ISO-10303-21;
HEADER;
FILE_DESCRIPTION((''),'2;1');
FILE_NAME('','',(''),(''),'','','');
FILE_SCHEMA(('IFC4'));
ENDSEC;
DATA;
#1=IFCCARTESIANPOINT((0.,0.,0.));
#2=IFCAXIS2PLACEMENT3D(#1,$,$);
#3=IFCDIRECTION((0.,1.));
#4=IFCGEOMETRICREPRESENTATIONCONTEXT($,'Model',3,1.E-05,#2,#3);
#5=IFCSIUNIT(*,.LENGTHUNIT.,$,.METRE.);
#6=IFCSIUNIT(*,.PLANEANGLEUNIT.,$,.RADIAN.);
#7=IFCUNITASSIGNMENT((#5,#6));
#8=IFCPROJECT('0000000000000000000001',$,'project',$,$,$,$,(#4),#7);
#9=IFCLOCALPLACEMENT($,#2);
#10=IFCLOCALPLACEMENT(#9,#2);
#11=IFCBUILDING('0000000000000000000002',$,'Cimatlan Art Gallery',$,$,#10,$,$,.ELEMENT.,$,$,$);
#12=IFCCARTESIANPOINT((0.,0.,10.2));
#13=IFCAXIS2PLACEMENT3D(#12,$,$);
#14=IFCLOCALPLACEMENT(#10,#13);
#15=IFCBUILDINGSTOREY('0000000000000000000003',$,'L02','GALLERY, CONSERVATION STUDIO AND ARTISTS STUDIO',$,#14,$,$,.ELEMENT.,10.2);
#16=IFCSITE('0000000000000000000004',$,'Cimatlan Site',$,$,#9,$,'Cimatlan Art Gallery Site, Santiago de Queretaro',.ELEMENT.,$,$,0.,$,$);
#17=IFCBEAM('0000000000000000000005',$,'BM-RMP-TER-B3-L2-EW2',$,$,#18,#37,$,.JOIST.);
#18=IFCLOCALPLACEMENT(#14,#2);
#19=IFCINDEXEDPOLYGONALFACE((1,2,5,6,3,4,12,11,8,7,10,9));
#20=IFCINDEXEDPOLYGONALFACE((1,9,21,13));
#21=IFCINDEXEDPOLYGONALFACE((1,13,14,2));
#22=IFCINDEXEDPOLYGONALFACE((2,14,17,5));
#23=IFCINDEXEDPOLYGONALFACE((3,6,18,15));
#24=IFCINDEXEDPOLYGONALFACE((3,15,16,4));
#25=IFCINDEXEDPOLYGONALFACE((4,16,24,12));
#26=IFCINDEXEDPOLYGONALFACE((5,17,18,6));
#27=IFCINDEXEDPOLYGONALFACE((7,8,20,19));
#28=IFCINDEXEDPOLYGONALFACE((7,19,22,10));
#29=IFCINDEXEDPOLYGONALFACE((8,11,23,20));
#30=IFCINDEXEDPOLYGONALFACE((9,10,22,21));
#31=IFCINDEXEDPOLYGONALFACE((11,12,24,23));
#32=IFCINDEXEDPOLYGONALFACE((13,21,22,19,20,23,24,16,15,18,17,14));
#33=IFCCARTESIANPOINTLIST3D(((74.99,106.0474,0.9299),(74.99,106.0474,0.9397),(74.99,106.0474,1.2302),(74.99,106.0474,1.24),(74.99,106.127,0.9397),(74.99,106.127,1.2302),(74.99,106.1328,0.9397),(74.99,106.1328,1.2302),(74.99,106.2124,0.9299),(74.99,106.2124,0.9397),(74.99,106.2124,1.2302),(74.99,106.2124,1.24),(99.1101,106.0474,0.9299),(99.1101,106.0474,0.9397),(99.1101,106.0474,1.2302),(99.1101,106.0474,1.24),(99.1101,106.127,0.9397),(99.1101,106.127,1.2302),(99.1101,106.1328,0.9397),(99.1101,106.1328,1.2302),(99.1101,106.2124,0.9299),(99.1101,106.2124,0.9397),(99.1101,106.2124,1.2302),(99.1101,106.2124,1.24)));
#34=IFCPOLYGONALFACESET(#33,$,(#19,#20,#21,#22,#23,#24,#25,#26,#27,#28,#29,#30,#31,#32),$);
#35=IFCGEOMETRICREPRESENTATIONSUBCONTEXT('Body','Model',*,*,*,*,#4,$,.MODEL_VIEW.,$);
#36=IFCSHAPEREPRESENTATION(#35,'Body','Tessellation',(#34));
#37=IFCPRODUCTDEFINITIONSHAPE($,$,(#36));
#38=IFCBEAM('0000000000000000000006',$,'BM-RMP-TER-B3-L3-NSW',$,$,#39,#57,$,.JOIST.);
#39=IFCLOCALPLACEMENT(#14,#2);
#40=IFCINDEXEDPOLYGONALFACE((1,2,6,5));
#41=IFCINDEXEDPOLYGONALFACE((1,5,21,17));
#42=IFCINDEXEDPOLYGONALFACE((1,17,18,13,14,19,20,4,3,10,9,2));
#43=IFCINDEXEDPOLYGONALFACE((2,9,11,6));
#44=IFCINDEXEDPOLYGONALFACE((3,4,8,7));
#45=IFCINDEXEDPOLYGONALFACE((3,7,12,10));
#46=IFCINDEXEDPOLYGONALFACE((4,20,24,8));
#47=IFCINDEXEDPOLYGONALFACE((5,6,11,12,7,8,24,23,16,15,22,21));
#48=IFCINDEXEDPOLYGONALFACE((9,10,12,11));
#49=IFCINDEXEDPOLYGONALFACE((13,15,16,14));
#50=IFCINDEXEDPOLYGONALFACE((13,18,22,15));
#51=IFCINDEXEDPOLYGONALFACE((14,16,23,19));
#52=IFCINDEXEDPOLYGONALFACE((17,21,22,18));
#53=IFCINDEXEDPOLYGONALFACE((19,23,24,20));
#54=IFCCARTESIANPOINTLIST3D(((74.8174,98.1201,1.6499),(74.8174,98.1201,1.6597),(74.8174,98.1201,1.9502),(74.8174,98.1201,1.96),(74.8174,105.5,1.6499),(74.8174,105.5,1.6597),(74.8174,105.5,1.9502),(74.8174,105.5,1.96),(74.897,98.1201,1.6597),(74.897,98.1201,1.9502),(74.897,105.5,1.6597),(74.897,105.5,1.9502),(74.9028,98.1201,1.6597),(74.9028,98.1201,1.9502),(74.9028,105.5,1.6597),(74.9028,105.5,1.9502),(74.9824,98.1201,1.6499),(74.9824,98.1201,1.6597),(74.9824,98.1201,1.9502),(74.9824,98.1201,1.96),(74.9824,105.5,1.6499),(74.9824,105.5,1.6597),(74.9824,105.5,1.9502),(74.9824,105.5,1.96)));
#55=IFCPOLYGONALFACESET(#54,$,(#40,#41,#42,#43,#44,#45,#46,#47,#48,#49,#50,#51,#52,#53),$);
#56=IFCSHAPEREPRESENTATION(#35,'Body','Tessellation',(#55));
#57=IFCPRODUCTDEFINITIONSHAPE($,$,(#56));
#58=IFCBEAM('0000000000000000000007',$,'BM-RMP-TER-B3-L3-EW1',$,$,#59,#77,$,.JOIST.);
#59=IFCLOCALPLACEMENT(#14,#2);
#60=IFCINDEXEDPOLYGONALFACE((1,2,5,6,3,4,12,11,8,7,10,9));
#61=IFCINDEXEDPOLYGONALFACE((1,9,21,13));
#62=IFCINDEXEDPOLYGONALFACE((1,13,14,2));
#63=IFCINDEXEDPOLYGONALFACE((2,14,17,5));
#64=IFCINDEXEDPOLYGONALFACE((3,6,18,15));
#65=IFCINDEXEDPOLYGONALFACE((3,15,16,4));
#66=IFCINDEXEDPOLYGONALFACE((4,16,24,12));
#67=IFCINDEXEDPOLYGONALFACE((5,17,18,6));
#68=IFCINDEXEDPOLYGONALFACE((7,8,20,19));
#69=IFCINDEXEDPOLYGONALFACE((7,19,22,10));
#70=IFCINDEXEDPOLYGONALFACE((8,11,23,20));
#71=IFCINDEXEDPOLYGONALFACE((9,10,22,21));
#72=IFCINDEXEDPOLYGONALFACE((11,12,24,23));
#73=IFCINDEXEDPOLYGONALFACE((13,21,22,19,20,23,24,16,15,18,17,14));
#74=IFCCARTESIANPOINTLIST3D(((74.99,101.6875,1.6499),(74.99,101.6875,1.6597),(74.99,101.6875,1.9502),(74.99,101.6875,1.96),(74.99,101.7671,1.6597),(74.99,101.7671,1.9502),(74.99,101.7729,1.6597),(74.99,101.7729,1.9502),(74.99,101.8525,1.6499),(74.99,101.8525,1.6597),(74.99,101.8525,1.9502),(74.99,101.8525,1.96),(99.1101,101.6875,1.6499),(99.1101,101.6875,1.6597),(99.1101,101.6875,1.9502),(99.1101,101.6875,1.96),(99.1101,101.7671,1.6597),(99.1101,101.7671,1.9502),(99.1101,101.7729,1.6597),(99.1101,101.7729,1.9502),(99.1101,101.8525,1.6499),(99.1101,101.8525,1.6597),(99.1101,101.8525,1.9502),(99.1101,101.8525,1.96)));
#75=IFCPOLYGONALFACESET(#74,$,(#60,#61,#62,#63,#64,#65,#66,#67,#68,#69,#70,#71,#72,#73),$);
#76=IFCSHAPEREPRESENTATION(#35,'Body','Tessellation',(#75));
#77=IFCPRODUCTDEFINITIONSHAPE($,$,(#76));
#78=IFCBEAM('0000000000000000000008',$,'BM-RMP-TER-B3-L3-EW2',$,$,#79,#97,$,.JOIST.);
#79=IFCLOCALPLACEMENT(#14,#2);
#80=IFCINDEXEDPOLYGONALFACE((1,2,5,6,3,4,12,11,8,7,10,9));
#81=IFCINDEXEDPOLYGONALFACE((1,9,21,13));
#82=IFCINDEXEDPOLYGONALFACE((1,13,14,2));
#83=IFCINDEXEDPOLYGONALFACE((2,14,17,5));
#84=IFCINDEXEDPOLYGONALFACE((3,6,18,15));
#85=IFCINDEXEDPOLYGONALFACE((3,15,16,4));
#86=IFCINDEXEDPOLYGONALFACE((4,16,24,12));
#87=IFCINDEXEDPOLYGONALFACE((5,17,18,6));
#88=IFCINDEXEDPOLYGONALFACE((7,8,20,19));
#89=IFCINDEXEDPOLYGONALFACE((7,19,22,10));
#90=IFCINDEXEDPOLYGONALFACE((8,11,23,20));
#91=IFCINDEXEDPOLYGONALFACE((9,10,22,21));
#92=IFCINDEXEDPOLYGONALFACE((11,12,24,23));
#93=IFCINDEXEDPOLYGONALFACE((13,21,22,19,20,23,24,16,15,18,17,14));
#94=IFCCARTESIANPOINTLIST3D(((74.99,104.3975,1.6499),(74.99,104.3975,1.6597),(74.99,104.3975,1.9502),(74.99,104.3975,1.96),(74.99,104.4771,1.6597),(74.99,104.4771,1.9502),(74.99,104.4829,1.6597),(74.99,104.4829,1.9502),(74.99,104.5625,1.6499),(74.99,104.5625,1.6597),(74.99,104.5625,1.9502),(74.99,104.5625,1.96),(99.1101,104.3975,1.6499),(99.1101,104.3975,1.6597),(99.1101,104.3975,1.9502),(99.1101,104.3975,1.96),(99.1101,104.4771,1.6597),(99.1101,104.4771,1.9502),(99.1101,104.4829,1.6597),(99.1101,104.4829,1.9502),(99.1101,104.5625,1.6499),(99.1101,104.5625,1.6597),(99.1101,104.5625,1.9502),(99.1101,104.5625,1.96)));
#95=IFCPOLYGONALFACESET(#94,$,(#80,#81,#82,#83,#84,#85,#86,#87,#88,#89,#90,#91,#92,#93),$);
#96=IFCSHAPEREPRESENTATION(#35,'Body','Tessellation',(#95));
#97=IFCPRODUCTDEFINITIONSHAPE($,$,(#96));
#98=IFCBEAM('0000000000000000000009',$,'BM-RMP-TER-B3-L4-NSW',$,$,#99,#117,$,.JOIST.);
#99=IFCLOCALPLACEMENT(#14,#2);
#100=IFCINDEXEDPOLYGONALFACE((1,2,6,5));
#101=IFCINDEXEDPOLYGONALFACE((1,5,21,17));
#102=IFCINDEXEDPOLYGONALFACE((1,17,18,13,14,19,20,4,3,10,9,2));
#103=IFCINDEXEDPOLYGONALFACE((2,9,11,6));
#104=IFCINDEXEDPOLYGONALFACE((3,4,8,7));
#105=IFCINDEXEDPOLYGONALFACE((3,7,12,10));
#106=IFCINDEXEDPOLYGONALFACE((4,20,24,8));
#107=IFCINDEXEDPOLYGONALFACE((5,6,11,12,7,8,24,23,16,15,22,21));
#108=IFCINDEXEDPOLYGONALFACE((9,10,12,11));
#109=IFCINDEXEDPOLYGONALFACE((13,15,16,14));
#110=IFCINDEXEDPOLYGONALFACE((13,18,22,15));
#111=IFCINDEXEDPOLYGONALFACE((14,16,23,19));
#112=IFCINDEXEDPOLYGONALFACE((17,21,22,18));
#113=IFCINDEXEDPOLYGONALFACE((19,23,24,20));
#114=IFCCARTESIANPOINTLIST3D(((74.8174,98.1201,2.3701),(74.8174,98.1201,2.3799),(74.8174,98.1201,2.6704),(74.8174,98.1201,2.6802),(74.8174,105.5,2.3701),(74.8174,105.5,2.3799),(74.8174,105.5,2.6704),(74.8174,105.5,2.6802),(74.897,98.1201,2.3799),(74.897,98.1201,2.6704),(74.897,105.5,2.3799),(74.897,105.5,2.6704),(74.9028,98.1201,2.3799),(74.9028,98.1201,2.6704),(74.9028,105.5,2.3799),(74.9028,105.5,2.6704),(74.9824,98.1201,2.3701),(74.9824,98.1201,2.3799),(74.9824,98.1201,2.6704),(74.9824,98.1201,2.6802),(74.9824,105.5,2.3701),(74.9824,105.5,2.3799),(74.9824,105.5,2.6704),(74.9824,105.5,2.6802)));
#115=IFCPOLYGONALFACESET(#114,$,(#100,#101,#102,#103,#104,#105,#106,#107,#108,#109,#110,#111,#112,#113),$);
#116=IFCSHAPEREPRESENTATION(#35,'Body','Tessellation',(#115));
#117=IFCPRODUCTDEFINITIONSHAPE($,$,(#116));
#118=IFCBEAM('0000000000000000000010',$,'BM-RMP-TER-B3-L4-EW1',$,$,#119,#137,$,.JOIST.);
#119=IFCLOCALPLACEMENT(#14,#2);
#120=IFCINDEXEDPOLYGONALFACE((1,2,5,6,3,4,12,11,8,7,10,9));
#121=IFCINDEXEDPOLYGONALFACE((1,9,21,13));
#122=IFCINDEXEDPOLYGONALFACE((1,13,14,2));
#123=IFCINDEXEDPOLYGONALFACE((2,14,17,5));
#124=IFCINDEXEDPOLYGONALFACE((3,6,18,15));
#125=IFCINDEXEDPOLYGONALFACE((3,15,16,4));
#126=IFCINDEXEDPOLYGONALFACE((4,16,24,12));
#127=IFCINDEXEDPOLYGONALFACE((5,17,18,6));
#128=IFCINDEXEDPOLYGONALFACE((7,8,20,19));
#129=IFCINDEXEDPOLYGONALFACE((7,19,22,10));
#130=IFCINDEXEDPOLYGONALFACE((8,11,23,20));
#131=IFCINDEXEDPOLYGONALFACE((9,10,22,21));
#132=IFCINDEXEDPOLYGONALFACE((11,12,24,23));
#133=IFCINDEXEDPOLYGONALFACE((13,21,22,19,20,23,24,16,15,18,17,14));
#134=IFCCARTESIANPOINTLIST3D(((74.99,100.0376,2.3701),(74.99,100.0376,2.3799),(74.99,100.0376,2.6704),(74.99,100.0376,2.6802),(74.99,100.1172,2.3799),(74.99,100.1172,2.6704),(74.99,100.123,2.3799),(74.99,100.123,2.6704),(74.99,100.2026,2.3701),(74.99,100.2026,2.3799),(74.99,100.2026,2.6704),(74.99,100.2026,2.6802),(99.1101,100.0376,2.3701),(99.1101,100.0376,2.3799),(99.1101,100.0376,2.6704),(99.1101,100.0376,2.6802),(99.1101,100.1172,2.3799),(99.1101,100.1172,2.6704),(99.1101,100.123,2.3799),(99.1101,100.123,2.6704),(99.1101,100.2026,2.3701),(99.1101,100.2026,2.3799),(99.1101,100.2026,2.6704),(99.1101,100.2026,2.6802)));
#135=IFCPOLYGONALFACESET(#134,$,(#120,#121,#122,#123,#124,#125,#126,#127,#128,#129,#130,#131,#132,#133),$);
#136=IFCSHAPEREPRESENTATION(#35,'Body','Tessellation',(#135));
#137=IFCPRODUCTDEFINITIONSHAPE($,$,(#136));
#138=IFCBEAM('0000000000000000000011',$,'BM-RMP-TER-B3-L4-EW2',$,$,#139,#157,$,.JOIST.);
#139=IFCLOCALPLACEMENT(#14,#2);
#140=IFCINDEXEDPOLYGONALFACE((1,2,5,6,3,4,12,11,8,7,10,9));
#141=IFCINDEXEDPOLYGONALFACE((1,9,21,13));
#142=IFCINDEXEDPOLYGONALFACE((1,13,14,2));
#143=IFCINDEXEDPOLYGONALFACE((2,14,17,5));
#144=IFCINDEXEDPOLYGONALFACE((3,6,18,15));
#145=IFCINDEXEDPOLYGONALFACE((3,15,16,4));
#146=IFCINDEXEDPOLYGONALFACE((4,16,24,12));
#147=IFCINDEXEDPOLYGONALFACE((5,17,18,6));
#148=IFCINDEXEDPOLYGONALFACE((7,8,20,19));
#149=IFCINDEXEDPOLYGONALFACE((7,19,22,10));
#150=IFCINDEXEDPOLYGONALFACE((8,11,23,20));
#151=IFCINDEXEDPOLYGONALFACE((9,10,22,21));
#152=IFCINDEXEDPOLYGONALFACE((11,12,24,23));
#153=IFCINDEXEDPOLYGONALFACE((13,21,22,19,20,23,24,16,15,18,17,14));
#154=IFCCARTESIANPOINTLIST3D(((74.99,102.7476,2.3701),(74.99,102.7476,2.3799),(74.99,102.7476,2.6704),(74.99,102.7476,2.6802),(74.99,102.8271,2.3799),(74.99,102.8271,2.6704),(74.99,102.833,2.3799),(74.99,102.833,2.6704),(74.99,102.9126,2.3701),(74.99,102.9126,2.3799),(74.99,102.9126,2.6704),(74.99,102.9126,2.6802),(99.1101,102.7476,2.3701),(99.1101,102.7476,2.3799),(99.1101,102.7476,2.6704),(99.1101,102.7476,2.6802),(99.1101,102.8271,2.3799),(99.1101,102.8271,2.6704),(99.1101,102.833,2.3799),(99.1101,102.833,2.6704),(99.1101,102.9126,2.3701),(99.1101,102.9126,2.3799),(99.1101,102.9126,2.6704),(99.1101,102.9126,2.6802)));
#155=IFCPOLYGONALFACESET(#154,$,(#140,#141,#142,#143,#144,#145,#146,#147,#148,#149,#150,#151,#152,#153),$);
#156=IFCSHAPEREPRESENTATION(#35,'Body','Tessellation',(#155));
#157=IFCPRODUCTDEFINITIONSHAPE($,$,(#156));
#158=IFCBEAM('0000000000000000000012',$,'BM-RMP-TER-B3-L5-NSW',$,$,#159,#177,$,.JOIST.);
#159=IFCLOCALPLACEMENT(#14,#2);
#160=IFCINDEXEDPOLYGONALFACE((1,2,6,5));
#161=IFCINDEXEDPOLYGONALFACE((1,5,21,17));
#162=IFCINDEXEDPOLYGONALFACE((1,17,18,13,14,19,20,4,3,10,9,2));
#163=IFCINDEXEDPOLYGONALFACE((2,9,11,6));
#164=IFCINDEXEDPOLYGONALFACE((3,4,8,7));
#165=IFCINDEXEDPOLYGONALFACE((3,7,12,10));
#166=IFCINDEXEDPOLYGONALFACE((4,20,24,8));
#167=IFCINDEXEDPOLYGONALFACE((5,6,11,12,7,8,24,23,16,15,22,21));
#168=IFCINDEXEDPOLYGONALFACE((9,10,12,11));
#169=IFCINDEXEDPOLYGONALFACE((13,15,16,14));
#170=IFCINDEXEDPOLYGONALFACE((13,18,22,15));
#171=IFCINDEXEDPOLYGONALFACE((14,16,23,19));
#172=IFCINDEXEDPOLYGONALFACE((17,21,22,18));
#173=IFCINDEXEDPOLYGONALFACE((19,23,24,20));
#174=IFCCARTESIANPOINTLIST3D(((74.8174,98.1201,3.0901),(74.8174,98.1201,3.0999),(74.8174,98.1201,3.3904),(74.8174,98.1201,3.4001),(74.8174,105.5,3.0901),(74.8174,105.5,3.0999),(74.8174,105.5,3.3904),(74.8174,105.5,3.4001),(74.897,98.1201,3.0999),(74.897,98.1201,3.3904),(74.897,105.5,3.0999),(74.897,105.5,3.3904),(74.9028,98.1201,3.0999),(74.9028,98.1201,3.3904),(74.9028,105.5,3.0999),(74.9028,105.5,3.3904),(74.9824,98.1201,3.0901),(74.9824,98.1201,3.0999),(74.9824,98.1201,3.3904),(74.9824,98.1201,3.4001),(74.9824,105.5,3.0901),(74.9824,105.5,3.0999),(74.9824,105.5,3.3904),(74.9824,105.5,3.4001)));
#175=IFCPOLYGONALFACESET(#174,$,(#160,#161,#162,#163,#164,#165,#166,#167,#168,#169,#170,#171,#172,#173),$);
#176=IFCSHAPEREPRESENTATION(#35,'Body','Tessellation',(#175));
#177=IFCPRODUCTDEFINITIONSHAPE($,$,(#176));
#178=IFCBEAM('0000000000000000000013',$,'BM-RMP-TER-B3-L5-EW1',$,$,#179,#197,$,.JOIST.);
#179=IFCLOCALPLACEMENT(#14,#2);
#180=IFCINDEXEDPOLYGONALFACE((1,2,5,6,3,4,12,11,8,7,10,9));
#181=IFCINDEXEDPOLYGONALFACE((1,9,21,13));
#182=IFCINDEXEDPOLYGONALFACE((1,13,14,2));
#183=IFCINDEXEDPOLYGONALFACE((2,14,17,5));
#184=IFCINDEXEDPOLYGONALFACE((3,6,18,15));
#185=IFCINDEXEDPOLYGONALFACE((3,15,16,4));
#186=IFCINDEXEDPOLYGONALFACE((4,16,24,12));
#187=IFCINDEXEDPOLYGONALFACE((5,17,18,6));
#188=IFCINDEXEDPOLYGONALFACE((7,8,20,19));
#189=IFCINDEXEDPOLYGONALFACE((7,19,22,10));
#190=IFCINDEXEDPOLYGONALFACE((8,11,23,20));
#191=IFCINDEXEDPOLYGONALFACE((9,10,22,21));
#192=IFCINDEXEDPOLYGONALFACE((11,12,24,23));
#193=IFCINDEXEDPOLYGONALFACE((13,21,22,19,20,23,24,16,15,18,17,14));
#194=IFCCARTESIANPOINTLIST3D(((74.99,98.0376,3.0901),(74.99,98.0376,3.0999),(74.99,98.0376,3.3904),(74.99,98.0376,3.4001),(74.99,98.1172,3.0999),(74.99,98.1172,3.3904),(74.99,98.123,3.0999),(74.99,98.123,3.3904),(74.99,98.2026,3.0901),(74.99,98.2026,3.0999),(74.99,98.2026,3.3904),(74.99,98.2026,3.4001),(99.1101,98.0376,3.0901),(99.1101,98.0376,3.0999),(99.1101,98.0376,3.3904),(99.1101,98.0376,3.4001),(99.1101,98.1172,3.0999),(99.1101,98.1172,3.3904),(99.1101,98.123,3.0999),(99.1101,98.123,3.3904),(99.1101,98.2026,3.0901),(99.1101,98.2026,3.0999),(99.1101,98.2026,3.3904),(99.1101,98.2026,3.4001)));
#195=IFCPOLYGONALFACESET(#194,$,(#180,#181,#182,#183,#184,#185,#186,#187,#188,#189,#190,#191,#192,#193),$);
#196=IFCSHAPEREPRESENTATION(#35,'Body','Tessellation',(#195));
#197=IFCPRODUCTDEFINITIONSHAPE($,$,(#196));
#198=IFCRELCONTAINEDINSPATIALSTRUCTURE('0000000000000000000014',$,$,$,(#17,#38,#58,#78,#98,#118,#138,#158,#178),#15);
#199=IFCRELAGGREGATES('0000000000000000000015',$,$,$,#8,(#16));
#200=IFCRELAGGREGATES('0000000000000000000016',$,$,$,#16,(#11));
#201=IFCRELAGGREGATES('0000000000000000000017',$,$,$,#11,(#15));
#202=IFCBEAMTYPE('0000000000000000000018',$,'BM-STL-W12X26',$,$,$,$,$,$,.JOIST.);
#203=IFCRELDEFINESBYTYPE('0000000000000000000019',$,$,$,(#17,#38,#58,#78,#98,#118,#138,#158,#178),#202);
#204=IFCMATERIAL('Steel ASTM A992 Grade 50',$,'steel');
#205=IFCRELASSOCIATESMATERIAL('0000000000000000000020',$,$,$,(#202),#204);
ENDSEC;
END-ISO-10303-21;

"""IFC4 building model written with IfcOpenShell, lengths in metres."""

from ifc_helpers import new_model, si_unit, direction, frame, origin, origin_2d, place, context, subcontext, project, spatial, i_section, extrude, material, material_profile, profile_set, type_object, element, save


model = new_model("IFC4")

# Units and contexts
model_context = context("Model", 3, precision=1e-05, world=origin(), true_north=direction((0.0, 1.0)))
body_context = subcontext(model_context, "Body", "Model", "MODEL_VIEW")
ifc_project = project(units=[si_unit("LENGTHUNIT", "METRE"), si_unit("PLANEANGLEUNIT", "RADIAN")], contexts=[model_context])

# Site, building, storey
site_placement = place(None, origin())
site = spatial("IfcSite", under=ifc_project, at=site_placement, Name="Cimatlan Site", LongName="Cimatlan Art Gallery Site, Santiago de Queretaro", CompositionType="ELEMENT", RefElevation=0.0)
building_placement = place(site_placement, origin())
building = spatial("IfcBuilding", under=site, at=building_placement, Name="Cimatlan Art Gallery", CompositionType="ELEMENT")
storey_placement = place(building_placement, frame((0.0, 0.0, 10.2)))
storey = spatial("IfcBuildingStorey", under=building, at=storey_placement, Name="L02", Description="GALLERY, CONSERVATION STUDIO AND ARTISTS STUDIO", CompositionType="ELEMENT", Elevation=10.2)

# Shared definitions
ifc_material_1 = material(Name="Steel ASTM A992 Grade 50", Category="steel")

# Beams
ifc_material_profile_1 = material_profile(ifc_material_1, i_section(OverallWidth=0.165, OverallDepth=0.3101, WebThickness=0.0059, FlangeThickness=0.0098, at=origin_2d()), Name="W12X26")
ifc_profile_set_1 = profile_set([ifc_material_profile_1], Name="Steel ASTM A992 Grade 50")
beam_type_1 = type_object("IfcBeamType", Name="BM-STL-W12X26", PredefinedType="JOIST", material=ifc_profile_set_1)
for number, where, z_axis, x_axis, name in (
    (1, (74.99, 106.1299, 1.085), (1.0, 0.0, 0.0), (0.0, 1.0, 0.0), "BM-RMP-TER-B3-L2-EW2"),
):
    element("IfcBeam", number, at=place(storey_placement, frame(where, z_axis=z_axis, x_axis=x_axis)), inside=storey, type_object=beam_type_1, Name=name, PredefinedType="JOIST", context=body_context, shape_type="SweptSolid", body=[
        extrude(i_section(OverallWidth=0.165, OverallDepth=0.3101, WebThickness=0.0059, FlangeThickness=0.0098, at=origin_2d()), origin(), (0.0, 0.0, 1.0), 24.1201),
    ])
beam_1_placement = place(storey_placement, frame((74.8999, 98.1201, 1.8049), z_axis=(0.0, 1.0, 0.0), x_axis=(-1.0, 0.0, 0.0)))
element("IfcBeam", 2, at=beam_1_placement, inside=storey, type_object=beam_type_1, Name="BM-RMP-TER-B3-L3-NSW", PredefinedType="JOIST", context=body_context, shape_type="SweptSolid", body=[
    extrude(i_section(OverallWidth=0.165, OverallDepth=0.3101, WebThickness=0.0059, FlangeThickness=0.0098, at=origin_2d()), origin(), (0.0, 0.0, 1.0), 7.3799),
])
for number, where, z_axis, x_axis, name in (
    (3, (74.99, 101.77, 1.8049), (1.0, 0.0, 0.0), (0.0, 1.0, 0.0), "BM-RMP-TER-B3-L3-EW1"),
    (4, (74.99, 104.48, 1.8049), (1.0, 0.0, 0.0), (0.0, 1.0, 0.0), "BM-RMP-TER-B3-L3-EW2"),
):
    element("IfcBeam", number, at=place(storey_placement, frame(where, z_axis=z_axis, x_axis=x_axis)), inside=storey, type_object=beam_type_1, Name=name, PredefinedType="JOIST", context=body_context, shape_type="SweptSolid", body=[
        extrude(i_section(OverallWidth=0.165, OverallDepth=0.3101, WebThickness=0.0059, FlangeThickness=0.0098, at=origin_2d()), origin(), (0.0, 0.0, 1.0), 24.1201),
    ])
beam_2_placement = place(storey_placement, frame((74.8999, 98.1201, 2.5251), z_axis=(0.0, 1.0, 0.0), x_axis=(-1.0, 0.0, 0.0)))
element("IfcBeam", 5, at=beam_2_placement, inside=storey, type_object=beam_type_1, Name="BM-RMP-TER-B3-L4-NSW", PredefinedType="JOIST", context=body_context, shape_type="SweptSolid", body=[
    extrude(i_section(OverallWidth=0.165, OverallDepth=0.3101, WebThickness=0.0059, FlangeThickness=0.0098, at=origin_2d()), origin(), (0.0, 0.0, 1.0), 7.3799),
])
for number, where, z_axis, x_axis, name in (
    (6, (74.99, 100.1201, 2.5251), (1.0, 0.0, 0.0), (0.0, 1.0, 0.0), "BM-RMP-TER-B3-L4-EW1"),
    (7, (74.99, 102.8301, 2.5251), (1.0, 0.0, 0.0), (0.0, 1.0, 0.0), "BM-RMP-TER-B3-L4-EW2"),
):
    element("IfcBeam", number, at=place(storey_placement, frame(where, z_axis=z_axis, x_axis=x_axis)), inside=storey, type_object=beam_type_1, Name=name, PredefinedType="JOIST", context=body_context, shape_type="SweptSolid", body=[
        extrude(i_section(OverallWidth=0.165, OverallDepth=0.3101, WebThickness=0.0059, FlangeThickness=0.0098, at=origin_2d()), origin(), (0.0, 0.0, 1.0), 24.1201),
    ])
beam_3_placement = place(storey_placement, frame((74.8999, 98.1201, 3.2451), z_axis=(0.0, 1.0, 0.0), x_axis=(-1.0, 0.0, 0.0)))
element("IfcBeam", 8, at=beam_3_placement, inside=storey, type_object=beam_type_1, Name="BM-RMP-TER-B3-L5-NSW", PredefinedType="JOIST", context=body_context, shape_type="SweptSolid", body=[
    extrude(i_section(OverallWidth=0.165, OverallDepth=0.3101, WebThickness=0.0059, FlangeThickness=0.0098, at=origin_2d()), origin(), (0.0, 0.0, 1.0), 7.3799),
])
for number, where, z_axis, x_axis, name in (
    (9, (74.99, 98.1201, 3.2451), (1.0, 0.0, 0.0), (0.0, 1.0, 0.0), "BM-RMP-TER-B3-L5-EW1"),
):
    element("IfcBeam", number, at=place(storey_placement, frame(where, z_axis=z_axis, x_axis=x_axis)), inside=storey, type_object=beam_type_1, Name=name, PredefinedType="JOIST", context=body_context, shape_type="SweptSolid", body=[
        extrude(i_section(OverallWidth=0.165, OverallDepth=0.3101, WebThickness=0.0059, FlangeThickness=0.0098, at=origin_2d()), origin(), (0.0, 0.0, 1.0), 24.1201),
    ])

save(model, "model.ifc")
